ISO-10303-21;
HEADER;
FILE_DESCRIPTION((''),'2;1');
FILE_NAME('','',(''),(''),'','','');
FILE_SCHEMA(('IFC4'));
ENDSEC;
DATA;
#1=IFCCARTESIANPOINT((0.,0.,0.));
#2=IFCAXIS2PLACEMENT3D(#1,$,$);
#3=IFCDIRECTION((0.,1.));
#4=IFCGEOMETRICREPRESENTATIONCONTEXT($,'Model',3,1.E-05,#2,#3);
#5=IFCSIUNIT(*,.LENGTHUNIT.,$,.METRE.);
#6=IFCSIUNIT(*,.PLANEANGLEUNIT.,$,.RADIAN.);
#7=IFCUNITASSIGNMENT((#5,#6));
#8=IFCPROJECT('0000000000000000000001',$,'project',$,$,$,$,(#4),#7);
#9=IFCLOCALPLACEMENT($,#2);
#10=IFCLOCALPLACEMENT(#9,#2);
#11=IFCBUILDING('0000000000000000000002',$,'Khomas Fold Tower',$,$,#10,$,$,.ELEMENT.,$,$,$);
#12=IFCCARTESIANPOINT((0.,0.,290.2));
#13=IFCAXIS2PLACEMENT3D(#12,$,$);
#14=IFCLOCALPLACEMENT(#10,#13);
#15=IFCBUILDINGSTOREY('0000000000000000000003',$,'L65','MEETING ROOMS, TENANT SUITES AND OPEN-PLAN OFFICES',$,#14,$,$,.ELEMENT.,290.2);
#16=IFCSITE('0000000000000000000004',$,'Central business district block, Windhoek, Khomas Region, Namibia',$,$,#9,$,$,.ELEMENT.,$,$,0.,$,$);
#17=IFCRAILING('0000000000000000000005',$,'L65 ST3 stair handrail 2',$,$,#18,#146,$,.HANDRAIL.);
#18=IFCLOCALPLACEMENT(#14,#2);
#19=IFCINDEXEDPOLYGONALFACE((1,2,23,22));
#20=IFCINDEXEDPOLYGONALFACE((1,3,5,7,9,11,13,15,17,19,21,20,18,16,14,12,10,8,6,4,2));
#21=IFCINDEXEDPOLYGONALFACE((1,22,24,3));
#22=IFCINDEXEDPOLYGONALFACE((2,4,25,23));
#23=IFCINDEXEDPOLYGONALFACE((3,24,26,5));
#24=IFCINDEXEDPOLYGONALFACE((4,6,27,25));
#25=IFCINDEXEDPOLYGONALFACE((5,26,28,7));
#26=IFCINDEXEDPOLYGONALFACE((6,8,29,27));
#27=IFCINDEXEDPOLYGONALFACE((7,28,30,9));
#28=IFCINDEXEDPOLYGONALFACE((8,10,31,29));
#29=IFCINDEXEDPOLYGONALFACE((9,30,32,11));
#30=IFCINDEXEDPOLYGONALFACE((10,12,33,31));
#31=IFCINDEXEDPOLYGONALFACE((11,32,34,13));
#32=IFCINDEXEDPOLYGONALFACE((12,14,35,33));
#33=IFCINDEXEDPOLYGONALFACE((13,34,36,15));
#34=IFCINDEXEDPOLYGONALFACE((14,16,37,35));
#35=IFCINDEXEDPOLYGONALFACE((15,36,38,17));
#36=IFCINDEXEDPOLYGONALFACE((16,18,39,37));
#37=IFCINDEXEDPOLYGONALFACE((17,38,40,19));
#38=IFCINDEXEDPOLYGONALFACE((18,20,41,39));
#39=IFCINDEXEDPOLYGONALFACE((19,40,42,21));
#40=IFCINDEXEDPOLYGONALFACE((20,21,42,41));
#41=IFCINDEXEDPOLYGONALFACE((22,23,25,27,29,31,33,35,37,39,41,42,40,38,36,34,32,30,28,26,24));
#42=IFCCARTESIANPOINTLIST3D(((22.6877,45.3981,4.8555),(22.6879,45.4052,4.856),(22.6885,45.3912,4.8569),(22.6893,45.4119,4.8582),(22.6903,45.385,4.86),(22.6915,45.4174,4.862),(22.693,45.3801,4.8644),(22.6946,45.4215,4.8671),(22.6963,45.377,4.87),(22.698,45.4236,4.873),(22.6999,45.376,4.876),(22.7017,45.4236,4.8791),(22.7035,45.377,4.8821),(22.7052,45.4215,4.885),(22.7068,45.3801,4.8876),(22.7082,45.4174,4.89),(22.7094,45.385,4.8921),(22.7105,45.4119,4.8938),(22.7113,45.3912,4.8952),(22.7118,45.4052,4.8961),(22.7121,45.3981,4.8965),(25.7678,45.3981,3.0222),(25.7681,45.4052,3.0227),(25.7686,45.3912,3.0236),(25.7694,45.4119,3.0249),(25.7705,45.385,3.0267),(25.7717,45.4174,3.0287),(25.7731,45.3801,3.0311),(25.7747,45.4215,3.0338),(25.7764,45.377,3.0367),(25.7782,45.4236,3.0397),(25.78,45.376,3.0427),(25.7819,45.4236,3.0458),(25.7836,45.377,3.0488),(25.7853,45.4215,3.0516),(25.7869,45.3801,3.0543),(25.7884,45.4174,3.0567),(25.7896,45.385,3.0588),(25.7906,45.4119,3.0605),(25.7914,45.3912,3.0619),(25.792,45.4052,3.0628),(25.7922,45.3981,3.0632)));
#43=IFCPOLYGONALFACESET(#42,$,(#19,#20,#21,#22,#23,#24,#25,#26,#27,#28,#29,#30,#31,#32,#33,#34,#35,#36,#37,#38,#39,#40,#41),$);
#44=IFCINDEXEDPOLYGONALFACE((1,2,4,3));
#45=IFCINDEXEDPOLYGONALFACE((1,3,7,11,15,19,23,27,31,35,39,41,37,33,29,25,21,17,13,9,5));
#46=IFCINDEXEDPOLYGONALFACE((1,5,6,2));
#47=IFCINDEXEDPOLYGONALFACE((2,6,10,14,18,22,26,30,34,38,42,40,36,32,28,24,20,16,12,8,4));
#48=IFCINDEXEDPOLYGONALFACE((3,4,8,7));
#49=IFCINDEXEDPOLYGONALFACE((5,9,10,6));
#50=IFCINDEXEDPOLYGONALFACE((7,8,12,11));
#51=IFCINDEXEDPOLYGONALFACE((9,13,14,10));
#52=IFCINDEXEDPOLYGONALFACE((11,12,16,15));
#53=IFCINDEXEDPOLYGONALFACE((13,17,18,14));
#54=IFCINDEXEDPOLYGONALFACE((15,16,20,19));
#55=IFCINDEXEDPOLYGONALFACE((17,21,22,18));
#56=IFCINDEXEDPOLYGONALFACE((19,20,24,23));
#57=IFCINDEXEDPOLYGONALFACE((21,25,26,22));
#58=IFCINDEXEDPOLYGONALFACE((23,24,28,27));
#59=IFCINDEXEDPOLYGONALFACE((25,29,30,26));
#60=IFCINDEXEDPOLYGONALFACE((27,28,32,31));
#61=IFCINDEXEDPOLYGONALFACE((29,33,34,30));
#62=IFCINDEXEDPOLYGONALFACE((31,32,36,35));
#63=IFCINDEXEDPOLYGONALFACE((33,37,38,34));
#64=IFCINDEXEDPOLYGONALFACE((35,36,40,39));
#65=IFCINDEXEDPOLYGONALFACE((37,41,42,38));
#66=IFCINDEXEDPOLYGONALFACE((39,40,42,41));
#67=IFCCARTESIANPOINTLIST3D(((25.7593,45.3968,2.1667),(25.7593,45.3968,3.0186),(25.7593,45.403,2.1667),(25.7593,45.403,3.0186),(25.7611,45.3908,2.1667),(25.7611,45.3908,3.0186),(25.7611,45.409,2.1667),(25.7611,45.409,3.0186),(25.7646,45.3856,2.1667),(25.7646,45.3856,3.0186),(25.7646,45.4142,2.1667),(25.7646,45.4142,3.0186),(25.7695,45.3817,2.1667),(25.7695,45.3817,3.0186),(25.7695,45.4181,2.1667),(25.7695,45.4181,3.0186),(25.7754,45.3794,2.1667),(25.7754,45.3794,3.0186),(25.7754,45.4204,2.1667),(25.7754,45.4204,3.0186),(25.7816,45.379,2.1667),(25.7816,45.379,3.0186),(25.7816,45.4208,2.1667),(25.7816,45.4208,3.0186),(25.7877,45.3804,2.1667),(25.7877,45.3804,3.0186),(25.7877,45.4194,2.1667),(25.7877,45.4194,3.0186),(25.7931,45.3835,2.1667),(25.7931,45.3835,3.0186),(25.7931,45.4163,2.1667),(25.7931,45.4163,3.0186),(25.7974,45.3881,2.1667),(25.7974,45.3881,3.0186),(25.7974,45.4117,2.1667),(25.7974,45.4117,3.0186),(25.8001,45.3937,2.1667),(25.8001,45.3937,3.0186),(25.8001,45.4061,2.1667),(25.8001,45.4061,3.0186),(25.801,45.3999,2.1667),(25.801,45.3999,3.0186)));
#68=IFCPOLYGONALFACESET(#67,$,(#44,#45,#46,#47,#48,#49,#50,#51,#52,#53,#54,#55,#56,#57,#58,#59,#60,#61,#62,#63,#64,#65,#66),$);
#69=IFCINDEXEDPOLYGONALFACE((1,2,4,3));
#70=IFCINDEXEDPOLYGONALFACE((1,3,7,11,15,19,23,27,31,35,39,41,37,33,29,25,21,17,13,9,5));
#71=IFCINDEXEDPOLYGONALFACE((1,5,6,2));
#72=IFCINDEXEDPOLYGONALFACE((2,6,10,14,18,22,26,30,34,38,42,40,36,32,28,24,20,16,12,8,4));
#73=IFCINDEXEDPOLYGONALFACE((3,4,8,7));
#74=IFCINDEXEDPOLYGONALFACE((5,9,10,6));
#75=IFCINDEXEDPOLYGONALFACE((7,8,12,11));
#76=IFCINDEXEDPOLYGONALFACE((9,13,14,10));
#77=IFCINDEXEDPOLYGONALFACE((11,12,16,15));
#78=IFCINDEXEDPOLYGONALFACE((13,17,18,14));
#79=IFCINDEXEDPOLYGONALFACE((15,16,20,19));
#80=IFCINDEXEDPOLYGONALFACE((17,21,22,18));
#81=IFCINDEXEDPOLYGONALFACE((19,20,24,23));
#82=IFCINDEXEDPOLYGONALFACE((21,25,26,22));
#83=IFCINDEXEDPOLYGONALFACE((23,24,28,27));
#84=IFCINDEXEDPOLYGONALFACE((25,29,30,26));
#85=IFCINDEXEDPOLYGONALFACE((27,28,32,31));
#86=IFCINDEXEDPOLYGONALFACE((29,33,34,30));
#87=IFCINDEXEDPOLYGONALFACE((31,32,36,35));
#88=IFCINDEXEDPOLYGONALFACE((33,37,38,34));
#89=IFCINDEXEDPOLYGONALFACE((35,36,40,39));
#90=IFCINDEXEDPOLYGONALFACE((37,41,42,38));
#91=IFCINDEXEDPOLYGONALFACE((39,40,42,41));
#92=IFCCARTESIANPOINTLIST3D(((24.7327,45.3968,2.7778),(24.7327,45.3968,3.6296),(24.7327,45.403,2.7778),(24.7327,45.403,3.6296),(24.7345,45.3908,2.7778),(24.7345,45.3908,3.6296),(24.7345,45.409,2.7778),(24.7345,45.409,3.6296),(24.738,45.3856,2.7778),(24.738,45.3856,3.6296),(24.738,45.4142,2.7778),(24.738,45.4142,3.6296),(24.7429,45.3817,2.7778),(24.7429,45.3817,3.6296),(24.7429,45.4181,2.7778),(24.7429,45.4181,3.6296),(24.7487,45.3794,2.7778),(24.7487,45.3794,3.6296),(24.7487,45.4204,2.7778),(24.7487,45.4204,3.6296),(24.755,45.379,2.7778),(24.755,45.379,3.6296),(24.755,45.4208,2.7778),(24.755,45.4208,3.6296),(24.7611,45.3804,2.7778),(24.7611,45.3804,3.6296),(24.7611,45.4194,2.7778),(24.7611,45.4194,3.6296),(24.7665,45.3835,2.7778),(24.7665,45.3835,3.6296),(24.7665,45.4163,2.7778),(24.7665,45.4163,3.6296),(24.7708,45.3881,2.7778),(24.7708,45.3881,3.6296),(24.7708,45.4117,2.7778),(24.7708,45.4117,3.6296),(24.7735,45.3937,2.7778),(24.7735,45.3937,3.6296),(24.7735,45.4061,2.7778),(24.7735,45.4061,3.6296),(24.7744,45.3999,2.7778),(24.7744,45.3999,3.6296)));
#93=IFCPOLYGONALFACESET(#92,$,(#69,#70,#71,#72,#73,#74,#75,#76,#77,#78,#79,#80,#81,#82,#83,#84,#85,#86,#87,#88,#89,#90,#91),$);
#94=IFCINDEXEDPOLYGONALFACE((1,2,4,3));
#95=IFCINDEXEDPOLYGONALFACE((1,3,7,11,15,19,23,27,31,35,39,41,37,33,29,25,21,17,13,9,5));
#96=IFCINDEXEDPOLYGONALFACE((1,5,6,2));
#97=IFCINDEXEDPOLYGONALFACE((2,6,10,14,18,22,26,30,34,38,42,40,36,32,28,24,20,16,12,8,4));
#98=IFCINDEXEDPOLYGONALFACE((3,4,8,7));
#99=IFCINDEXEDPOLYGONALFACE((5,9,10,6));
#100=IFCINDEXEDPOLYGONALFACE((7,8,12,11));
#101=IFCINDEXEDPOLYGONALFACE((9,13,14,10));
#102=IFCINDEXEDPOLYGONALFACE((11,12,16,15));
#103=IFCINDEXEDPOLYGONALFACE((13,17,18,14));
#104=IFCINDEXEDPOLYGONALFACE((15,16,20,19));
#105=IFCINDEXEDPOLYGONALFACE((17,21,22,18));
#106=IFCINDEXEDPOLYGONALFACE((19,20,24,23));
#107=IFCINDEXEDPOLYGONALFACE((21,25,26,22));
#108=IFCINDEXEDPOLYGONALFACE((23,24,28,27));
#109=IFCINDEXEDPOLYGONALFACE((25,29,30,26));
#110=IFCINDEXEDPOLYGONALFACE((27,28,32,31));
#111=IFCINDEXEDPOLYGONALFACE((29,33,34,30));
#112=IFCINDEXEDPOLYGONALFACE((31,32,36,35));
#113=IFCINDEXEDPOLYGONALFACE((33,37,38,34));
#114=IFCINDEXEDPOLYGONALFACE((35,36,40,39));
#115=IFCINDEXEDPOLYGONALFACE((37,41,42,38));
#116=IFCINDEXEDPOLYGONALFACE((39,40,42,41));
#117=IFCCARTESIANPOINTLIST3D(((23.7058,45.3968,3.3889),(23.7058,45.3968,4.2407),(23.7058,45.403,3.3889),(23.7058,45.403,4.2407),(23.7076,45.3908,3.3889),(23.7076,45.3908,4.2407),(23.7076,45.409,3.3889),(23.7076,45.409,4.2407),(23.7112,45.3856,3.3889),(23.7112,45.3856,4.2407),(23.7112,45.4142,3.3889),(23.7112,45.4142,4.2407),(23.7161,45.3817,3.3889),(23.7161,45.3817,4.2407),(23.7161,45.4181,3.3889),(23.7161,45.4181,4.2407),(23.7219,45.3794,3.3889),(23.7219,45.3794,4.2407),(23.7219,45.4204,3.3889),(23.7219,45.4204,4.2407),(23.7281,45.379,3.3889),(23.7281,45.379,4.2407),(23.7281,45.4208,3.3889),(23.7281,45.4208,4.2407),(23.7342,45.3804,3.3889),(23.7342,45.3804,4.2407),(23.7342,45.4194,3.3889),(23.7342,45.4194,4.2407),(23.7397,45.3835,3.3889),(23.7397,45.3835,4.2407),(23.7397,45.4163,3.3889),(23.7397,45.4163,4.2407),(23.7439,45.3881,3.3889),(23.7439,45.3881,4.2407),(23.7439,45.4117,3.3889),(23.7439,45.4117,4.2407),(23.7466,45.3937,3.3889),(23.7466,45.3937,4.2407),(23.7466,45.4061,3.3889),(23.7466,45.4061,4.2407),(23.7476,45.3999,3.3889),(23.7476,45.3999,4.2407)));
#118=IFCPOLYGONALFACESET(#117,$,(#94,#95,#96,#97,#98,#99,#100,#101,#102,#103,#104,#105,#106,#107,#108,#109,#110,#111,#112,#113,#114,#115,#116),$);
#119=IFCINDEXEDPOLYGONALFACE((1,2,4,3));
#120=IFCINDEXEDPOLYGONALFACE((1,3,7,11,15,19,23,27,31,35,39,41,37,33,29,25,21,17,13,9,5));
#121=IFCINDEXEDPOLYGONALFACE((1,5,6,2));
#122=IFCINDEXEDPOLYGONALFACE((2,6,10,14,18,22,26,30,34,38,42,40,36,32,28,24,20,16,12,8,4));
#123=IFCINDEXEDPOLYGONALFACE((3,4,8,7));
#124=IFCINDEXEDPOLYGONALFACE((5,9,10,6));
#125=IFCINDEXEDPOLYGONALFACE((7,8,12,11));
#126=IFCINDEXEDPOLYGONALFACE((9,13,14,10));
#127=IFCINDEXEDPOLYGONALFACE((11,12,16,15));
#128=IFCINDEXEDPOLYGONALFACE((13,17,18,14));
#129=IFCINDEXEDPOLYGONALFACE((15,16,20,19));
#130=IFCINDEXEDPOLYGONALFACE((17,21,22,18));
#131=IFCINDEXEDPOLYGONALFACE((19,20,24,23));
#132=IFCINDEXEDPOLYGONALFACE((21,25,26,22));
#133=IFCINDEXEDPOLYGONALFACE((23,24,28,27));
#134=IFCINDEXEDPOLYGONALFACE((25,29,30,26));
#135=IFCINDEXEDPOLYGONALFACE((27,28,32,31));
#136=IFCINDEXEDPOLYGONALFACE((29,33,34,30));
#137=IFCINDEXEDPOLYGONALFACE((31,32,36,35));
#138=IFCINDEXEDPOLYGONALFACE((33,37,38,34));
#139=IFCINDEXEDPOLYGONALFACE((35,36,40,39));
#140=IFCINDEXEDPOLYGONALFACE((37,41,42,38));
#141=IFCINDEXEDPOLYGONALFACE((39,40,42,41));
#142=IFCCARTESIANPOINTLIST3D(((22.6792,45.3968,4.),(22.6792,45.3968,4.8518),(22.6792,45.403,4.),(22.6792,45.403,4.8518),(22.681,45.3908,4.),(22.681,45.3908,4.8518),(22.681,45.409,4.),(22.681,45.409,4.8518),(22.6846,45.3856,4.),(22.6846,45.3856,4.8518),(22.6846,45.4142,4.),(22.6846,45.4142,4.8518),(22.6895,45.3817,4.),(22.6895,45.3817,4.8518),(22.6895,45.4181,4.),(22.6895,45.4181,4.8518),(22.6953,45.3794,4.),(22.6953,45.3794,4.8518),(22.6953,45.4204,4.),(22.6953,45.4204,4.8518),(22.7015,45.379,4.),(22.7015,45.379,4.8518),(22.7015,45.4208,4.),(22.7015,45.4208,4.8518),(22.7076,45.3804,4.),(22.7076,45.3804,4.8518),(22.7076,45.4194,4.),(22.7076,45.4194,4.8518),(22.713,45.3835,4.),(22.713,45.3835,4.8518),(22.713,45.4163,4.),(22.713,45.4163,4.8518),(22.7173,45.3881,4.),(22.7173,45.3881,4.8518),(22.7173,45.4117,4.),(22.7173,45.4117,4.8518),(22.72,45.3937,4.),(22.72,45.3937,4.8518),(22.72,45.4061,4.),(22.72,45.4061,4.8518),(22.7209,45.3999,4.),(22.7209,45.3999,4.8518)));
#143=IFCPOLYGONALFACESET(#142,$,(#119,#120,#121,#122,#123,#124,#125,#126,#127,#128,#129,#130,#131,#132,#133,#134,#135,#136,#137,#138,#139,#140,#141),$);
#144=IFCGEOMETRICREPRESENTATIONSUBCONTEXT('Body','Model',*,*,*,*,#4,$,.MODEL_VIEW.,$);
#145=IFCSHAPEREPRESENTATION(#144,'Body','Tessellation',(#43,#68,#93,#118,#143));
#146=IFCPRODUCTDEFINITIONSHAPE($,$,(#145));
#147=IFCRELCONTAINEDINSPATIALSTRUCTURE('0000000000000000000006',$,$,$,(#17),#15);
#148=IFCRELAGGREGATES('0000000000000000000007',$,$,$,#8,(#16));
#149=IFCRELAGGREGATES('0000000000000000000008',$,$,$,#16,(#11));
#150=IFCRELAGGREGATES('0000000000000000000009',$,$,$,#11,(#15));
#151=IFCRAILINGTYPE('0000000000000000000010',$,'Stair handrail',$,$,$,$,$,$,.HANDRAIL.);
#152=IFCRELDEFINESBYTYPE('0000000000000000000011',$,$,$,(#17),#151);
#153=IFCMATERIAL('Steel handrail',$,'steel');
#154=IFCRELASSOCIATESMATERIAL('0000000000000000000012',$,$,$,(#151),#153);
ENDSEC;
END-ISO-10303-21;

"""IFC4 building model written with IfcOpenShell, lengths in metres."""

from ifc_helpers import new_model, si_unit, direction, frame, origin, origin_2d, place, context, subcontext, project, spatial, circle, extrude, source, transform, mapped, material, type_object, element, save


model = new_model("IFC4")

# Units and contexts
model_context = context("Model", 3, precision=1e-05, world=origin(), true_north=direction((0.0, 1.0)))
body_context = subcontext(model_context, "Body", "Model", "MODEL_VIEW")
ifc_project = project(units=[si_unit("LENGTHUNIT", "METRE"), si_unit("PLANEANGLEUNIT", "RADIAN")], contexts=[model_context])

# Site, building, storey
site_placement = place(None, origin())
site = spatial("IfcSite", under=ifc_project, at=site_placement, Name="Central business district block, Windhoek, Khomas Region, Namibia", CompositionType="ELEMENT", RefElevation=0.0)
building_placement = place(site_placement, origin())
building = spatial("IfcBuilding", under=site, at=building_placement, Name="Khomas Fold Tower", CompositionType="ELEMENT")
storey_placement = place(building_placement, frame((0.0, 0.0, 290.2)))
storey = spatial("IfcBuildingStorey", under=building, at=storey_placement, Name="L65", Description="MEETING ROOMS, TENANT SUITES AND OPEN-PLAN OFFICES", CompositionType="ELEMENT", Elevation=290.2)

# Railing
ifc_material_1 = material(Name="Steel handrail", Category="steel")
railing_type_1 = type_object("IfcRailingType", Name="Stair handrail", PredefinedType="HANDRAIL", material=ifc_material_1)
shared_shape_1 = source(origin(), body_context, "Body", "SweptSolid", [
    extrude(circle(Radius=0.0239, at=origin_2d()), frame((0.0, 0.0, 0.876), z_axis=(-0.859309, 0.0, 0.511458), x_axis=(0.0, -1.0, 0.0)), (0.0, 0.0, 1.0), 3.5845),
    extrude(circle(Radius=0.021, at=origin_2d()), origin(), (0.0, 0.0, 1.0), 0.8518),
    extrude(circle(Radius=0.021, at=origin_2d()), frame((-1.0266, 0.0, 0.6111)), (0.0, 0.0, 1.0), 0.8518),
    extrude(circle(Radius=0.021, at=origin_2d()), frame((-2.0535, 0.0, 1.2222)), (0.0, 0.0, 1.0), 0.8518),
    extrude(circle(Radius=0.021, at=origin_2d()), frame((-3.0801, 0.0, 1.8333)), (0.0, 0.0, 1.0), 0.8518),
])
railing_1_placement = place(storey_placement, frame((25.78, 45.3999, 2.1667)))
element("IfcRailing", 1, at=railing_1_placement, inside=storey, type_object=railing_type_1, Name="L65 ST3 stair handrail 2", PredefinedType="HANDRAIL", context=body_context, shape_type="MappedRepresentation", body=[
    mapped(shared_shape_1, transform((0.0, 0.0, 0.0))),
])

save(model, "model.ifc")
